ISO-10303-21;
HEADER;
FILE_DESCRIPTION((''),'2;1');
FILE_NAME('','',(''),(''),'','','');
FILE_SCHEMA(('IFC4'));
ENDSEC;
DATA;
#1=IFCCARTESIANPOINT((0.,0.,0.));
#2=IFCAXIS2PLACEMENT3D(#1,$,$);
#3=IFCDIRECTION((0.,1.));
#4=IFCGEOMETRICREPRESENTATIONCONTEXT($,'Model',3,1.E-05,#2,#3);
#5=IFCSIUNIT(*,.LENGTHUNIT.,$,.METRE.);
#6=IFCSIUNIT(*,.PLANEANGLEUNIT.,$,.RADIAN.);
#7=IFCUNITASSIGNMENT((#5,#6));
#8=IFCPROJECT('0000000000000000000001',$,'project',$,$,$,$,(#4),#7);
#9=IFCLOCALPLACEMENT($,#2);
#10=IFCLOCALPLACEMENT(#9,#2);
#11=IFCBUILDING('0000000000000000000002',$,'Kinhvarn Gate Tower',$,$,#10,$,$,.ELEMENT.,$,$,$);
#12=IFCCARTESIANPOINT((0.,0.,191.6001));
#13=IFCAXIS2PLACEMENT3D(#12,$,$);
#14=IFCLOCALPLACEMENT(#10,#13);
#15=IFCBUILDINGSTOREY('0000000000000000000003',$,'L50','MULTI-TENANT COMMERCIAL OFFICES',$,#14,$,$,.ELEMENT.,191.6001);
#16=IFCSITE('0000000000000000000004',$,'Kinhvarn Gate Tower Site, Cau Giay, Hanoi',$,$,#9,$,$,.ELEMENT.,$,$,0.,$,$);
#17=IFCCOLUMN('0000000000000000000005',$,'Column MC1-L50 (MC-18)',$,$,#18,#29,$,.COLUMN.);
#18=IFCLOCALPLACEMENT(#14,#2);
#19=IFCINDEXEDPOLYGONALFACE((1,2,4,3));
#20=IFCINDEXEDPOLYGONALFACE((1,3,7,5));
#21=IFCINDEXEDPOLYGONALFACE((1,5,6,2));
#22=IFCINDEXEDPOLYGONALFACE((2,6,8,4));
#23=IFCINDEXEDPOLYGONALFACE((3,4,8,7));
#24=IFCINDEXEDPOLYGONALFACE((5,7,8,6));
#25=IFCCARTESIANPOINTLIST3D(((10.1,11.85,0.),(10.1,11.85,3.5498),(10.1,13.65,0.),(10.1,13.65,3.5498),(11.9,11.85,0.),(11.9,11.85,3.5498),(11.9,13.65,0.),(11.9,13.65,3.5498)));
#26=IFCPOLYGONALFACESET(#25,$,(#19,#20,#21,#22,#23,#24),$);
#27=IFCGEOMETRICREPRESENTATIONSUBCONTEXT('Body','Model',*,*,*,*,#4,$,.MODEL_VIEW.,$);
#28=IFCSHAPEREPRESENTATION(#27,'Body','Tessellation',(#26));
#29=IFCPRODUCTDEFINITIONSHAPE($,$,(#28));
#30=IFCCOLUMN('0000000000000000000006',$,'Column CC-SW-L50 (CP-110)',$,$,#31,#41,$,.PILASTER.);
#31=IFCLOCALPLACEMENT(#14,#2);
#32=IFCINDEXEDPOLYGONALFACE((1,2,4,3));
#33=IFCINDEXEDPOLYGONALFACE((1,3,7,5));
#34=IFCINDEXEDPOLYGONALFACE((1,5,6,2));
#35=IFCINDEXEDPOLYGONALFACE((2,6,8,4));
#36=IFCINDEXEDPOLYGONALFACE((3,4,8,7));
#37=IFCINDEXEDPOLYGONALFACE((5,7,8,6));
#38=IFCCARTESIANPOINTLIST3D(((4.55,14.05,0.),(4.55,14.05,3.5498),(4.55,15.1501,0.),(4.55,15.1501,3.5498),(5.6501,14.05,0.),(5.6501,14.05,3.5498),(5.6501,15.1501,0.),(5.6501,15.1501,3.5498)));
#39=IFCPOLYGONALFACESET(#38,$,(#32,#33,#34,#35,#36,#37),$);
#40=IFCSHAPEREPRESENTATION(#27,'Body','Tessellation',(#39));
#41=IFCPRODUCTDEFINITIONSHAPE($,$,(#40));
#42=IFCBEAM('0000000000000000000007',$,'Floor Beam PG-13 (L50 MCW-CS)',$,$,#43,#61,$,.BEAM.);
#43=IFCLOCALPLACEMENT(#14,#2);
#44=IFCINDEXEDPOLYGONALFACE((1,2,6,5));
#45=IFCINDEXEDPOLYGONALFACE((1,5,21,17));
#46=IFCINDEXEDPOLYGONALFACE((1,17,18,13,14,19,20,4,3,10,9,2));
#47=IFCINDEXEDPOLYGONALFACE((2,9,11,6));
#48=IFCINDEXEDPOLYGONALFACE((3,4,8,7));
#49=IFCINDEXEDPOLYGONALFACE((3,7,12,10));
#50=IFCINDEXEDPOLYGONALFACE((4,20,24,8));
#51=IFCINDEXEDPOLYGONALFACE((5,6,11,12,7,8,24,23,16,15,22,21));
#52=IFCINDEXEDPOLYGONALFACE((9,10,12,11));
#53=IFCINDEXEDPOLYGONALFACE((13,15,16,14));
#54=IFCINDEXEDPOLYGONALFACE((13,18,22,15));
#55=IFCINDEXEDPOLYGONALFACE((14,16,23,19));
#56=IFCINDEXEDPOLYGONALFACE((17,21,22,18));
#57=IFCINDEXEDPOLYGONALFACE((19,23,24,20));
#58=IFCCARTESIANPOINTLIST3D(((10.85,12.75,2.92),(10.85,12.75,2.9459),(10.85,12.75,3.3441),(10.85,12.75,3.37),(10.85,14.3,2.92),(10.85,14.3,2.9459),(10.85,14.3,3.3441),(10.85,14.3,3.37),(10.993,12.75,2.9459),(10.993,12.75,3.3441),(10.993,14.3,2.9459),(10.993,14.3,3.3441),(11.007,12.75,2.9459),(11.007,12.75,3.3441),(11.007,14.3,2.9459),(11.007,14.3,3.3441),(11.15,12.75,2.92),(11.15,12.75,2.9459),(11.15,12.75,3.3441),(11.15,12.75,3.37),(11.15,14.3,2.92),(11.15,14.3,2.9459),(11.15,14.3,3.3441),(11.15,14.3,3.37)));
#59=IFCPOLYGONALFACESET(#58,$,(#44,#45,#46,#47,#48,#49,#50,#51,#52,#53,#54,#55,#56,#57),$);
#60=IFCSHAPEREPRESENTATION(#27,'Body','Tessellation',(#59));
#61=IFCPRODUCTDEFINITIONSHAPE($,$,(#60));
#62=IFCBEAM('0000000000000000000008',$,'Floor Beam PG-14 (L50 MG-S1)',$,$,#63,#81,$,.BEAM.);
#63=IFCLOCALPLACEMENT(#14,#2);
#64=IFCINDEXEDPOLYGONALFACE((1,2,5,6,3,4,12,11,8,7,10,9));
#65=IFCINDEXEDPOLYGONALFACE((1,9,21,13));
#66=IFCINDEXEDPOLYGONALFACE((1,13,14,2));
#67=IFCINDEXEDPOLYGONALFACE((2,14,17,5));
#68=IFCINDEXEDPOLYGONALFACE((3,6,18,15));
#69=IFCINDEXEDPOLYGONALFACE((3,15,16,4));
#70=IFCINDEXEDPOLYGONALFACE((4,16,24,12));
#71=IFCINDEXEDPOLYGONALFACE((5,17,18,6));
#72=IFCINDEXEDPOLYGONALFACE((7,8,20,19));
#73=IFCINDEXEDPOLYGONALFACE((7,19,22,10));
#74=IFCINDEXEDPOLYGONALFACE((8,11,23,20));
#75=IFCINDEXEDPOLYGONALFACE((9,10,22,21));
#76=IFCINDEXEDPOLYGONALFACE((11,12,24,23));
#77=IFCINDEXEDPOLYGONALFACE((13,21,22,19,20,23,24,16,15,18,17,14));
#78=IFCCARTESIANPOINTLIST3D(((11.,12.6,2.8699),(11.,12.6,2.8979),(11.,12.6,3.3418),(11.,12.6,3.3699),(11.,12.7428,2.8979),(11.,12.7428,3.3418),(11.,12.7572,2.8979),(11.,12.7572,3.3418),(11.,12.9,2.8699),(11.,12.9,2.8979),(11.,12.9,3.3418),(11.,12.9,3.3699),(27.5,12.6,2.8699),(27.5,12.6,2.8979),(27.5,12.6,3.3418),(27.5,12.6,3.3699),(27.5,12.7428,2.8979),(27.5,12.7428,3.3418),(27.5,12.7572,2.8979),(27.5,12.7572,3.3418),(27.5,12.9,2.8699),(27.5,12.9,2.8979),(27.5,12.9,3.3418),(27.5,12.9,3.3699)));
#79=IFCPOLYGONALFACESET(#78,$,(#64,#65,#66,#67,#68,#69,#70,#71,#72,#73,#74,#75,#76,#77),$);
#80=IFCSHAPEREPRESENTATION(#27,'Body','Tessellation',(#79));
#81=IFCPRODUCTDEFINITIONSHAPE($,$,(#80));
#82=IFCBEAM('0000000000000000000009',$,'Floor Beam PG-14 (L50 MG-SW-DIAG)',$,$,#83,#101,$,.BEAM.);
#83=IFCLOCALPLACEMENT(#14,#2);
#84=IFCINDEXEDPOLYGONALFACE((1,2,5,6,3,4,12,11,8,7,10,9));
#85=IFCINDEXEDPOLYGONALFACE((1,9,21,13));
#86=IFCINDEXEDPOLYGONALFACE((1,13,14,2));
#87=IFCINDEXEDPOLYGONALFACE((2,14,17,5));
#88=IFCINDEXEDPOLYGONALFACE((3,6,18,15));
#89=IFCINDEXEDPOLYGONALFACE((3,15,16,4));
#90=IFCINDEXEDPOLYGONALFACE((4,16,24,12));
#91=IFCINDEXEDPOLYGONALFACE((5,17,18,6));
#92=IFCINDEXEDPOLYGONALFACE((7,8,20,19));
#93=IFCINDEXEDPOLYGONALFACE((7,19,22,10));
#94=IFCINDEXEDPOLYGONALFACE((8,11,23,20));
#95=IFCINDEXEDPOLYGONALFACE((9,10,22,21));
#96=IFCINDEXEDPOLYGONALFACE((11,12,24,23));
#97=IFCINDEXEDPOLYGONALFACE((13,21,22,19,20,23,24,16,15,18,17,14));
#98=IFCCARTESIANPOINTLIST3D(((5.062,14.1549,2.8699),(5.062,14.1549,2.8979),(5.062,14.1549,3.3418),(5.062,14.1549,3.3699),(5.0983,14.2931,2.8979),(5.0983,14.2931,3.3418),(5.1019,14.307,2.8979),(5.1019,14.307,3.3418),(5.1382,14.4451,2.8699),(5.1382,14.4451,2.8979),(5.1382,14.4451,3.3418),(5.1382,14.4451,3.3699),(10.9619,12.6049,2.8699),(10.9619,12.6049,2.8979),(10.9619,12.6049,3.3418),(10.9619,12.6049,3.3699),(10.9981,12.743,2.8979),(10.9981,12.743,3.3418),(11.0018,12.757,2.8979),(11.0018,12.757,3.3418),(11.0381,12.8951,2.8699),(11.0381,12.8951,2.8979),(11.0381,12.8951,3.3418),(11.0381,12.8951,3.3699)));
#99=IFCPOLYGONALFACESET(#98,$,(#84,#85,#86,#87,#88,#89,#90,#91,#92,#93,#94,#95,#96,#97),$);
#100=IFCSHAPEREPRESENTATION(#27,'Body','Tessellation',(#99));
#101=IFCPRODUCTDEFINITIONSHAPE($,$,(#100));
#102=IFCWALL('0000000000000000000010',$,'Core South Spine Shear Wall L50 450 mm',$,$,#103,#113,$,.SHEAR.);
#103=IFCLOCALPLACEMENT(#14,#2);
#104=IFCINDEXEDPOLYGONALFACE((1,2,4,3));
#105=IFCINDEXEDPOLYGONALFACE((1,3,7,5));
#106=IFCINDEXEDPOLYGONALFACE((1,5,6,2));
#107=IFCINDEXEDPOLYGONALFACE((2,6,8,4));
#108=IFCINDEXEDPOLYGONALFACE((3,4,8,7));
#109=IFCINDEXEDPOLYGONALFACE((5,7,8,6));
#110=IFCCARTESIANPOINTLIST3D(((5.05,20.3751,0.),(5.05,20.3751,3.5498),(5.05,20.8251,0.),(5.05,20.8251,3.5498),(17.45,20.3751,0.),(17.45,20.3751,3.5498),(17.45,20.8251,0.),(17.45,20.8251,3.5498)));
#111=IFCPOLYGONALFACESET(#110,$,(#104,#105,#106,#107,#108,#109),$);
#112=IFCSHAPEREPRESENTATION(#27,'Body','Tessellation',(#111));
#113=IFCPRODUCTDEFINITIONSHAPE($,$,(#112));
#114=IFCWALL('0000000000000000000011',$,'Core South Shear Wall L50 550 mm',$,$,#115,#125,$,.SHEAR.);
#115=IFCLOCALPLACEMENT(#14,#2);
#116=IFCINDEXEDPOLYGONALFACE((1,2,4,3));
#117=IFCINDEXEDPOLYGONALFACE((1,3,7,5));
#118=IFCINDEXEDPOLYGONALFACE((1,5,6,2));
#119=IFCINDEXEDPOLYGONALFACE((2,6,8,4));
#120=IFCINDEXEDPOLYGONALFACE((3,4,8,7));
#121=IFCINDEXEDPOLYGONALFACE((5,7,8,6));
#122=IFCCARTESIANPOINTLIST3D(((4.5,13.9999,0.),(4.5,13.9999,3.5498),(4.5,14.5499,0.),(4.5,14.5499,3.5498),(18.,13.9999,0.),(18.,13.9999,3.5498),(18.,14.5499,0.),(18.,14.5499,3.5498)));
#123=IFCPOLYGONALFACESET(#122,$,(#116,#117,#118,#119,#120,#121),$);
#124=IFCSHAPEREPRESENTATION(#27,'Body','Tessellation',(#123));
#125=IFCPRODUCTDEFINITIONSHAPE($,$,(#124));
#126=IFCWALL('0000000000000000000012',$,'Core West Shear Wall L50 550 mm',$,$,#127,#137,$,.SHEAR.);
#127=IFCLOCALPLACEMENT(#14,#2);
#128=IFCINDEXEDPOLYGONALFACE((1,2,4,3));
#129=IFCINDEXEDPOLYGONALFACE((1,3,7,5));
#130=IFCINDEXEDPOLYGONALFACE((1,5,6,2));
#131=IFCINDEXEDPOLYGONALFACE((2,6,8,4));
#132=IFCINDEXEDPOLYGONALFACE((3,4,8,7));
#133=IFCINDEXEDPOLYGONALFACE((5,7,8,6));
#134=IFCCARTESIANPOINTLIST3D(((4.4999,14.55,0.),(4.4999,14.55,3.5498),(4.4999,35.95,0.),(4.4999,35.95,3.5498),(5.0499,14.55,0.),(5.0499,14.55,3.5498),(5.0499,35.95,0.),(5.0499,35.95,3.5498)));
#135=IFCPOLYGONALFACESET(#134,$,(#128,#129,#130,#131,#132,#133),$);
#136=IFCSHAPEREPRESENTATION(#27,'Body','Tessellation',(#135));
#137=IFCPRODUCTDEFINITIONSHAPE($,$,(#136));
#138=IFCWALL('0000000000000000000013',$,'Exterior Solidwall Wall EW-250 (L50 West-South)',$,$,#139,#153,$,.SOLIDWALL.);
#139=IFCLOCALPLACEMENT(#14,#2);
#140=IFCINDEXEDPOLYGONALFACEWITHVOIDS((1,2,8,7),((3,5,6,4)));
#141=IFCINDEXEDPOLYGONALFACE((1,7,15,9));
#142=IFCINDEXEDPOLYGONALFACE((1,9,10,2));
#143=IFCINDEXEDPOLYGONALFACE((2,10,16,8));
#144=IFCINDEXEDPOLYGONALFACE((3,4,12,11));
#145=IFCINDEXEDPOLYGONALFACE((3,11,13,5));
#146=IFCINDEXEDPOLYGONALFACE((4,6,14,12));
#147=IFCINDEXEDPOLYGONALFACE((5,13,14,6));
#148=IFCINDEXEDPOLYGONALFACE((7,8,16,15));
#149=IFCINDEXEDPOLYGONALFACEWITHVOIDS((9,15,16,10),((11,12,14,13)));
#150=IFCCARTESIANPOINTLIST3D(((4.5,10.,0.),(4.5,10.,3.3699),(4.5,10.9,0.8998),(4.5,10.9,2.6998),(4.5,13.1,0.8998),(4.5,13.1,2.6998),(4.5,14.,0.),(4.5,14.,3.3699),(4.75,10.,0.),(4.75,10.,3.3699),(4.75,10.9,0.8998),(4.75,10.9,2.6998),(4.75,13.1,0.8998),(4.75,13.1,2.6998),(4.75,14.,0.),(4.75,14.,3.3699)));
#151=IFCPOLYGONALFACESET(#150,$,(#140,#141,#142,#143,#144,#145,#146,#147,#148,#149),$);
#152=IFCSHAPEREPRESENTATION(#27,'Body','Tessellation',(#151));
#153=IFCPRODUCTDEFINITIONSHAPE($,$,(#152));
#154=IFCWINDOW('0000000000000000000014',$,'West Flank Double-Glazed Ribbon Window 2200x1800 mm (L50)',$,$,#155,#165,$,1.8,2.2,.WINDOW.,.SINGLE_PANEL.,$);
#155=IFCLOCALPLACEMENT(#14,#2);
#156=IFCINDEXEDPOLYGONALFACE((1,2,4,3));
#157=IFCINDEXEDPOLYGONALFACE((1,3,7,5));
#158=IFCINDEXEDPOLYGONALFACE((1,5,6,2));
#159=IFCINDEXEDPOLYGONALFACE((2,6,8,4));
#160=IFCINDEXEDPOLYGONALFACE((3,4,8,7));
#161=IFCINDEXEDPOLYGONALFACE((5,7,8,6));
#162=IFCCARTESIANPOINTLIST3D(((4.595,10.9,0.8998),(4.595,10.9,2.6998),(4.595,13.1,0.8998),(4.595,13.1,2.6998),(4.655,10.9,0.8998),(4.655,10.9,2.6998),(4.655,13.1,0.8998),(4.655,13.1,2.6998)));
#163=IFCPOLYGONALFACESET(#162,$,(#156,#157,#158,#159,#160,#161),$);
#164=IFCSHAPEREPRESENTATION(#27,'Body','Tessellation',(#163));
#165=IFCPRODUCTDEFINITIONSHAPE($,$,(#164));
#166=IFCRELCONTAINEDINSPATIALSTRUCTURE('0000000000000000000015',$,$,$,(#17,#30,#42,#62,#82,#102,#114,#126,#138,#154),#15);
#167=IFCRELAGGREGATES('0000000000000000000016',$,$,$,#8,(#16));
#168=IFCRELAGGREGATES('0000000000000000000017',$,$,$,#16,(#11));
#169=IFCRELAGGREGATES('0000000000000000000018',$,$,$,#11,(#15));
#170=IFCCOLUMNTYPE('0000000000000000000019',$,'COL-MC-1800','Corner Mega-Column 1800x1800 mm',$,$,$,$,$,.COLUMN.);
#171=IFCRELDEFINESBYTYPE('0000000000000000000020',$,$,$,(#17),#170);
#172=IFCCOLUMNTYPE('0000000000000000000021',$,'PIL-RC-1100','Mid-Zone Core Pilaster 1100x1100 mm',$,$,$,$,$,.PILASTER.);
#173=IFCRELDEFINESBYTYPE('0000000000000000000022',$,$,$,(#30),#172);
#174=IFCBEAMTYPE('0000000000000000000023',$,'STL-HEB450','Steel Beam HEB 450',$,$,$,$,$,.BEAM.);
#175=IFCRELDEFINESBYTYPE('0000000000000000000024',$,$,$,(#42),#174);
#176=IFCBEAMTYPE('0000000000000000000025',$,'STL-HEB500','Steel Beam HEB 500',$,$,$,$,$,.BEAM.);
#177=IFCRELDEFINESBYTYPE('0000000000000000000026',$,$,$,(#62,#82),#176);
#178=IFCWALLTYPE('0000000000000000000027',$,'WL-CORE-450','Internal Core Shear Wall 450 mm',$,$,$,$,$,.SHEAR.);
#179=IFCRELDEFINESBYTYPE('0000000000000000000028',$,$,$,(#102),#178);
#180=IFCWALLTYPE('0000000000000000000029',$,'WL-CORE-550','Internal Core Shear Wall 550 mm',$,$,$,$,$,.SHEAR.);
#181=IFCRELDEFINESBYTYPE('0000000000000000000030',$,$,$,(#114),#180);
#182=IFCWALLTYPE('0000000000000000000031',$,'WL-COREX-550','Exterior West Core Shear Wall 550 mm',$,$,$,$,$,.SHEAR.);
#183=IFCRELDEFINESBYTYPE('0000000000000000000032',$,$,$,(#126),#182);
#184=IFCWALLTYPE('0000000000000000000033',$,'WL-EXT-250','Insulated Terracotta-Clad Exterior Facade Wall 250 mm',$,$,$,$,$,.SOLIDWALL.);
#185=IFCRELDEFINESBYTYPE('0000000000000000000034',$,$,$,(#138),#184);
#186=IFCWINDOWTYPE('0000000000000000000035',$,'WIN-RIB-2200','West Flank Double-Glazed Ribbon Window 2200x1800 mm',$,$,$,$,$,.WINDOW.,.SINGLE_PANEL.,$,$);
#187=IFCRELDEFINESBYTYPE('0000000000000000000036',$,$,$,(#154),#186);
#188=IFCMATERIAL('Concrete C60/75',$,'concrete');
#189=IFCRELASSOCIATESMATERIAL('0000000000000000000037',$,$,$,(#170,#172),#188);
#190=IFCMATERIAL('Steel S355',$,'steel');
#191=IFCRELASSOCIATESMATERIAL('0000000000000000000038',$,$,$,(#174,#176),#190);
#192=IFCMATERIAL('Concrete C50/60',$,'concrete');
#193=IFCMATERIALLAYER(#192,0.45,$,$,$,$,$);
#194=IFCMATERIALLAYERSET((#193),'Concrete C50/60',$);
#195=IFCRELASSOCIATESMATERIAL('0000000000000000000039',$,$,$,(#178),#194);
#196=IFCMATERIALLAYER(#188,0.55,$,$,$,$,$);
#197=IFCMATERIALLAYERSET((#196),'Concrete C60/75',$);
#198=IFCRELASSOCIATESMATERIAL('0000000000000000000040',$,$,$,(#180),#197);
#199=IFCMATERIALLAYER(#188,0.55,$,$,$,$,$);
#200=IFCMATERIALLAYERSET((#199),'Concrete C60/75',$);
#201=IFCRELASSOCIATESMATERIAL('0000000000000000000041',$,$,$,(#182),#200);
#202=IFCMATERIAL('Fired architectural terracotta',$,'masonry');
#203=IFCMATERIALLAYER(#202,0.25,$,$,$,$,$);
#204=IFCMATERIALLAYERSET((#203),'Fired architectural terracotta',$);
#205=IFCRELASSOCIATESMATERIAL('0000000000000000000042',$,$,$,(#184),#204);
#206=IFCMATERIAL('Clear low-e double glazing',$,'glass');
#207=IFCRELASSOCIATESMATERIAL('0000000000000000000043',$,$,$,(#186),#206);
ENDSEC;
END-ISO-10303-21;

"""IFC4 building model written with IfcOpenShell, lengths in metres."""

from ifc_helpers import new_model, si_unit, direction, frame, frame_2d, origin, origin_2d, place, context, subcontext, project, spatial, rectangle, i_section, extrude, material, layer, layer_set, material_profile, profile_set, type_object, element, fill, save


model = new_model("IFC4")

# Units and contexts
model_context = context("Model", 3, precision=1e-05, world=origin(), true_north=direction((0.0, 1.0)))
body_context = subcontext(model_context, "Body", "Model", "MODEL_VIEW")
ifc_project = project(units=[si_unit("LENGTHUNIT", "METRE"), si_unit("PLANEANGLEUNIT", "RADIAN")], contexts=[model_context])

# Site, building, storey
site_placement = place(None, origin())
site = spatial("IfcSite", under=ifc_project, at=site_placement, Name="Kinhvarn Gate Tower Site, Cau Giay, Hanoi", CompositionType="ELEMENT", RefElevation=0.0)
building_placement = place(site_placement, origin())
building = spatial("IfcBuilding", under=site, at=building_placement, Name="Kinhvarn Gate Tower", CompositionType="ELEMENT")
storey_placement = place(building_placement, frame((0.0, 0.0, 191.6001)))
storey = spatial("IfcBuildingStorey", under=building, at=storey_placement, Name="L50", Description="MULTI-TENANT COMMERCIAL OFFICES", CompositionType="ELEMENT", Elevation=191.6001)

# Columns
ifc_material_1 = material(Name="Concrete C60/75", Category="concrete")
ifc_material_profile_1 = material_profile(ifc_material_1, rectangle(XDim=1.8, YDim=1.8, at=origin_2d()), Name="RC 1800x1800")
ifc_profile_set_1 = profile_set([ifc_material_profile_1], Name="Concrete C60/75")
column_type_1 = type_object("IfcColumnType", Name="COL-MC-1800", Description="Corner Mega-Column 1800x1800 mm", PredefinedType="COLUMN", material=ifc_profile_set_1)
column_1_placement = place(storey_placement, frame((11.0, 12.75, 0.0), z_axis=(0.0, 0.0, 1.0), x_axis=(1.0, 0.0, 0.0)))
element("IfcColumn", 1, at=column_1_placement, inside=storey, type_object=column_type_1, Name="Column MC1-L50 (MC-18)", PredefinedType="COLUMN", context=body_context, shape_type="SweptSolid", body=[
    extrude(rectangle(XDim=1.8, YDim=1.8, at=origin_2d()), origin(), (0.0, 0.0, 1.0), 3.5498),
])
ifc_material_profile_2 = material_profile(ifc_material_1, rectangle(XDim=1.1001, YDim=1.1001, at=origin_2d()), Name="RC 1100x1100")
ifc_profile_set_2 = profile_set([ifc_material_profile_2], Name="Concrete C60/75")
column_type_2 = type_object("IfcColumnType", Name="PIL-RC-1100", Description="Mid-Zone Core Pilaster 1100x1100 mm", PredefinedType="PILASTER", material=ifc_profile_set_2)
column_2_placement = place(storey_placement, frame((5.1001, 14.6001, 0.0), z_axis=(0.0, 0.0, 1.0), x_axis=(1.0, 0.0, 0.0)))
element("IfcColumn", 2, at=column_2_placement, inside=storey, type_object=column_type_2, Name="Column CC-SW-L50 (CP-110)", PredefinedType="PILASTER", context=body_context, shape_type="SweptSolid", body=[
    extrude(rectangle(XDim=1.1001, YDim=1.1001, at=origin_2d()), origin(), (0.0, 0.0, 1.0), 3.5498),
])

# Beams
ifc_material_2 = material(Name="Steel S355", Category="steel")
ifc_material_profile_3 = material_profile(ifc_material_2, i_section(OverallWidth=0.3, OverallDepth=0.45, WebThickness=0.0139, FlangeThickness=0.0259, at=origin_2d()), Name="HEB 450")
ifc_profile_set_3 = profile_set([ifc_material_profile_3], Name="Steel S355")
beam_type_1 = type_object("IfcBeamType", Name="STL-HEB450", Description="Steel Beam HEB 450", PredefinedType="BEAM", material=ifc_profile_set_3)
beam_1_placement = place(storey_placement, frame((11.0, 12.75, 3.145), z_axis=(0.0, 1.0, 0.0), x_axis=(-1.0, 0.0, 0.0)))
element("IfcBeam", 3, at=beam_1_placement, inside=storey, type_object=beam_type_1, Name="Floor Beam PG-13 (L50 MCW-CS)", PredefinedType="BEAM", context=body_context, shape_type="SweptSolid", body=[
    extrude(i_section(OverallWidth=0.3, OverallDepth=0.45, WebThickness=0.0139, FlangeThickness=0.0259, at=origin_2d()), origin(), (0.0, 0.0, 1.0), 1.55),
])
ifc_material_profile_4 = material_profile(ifc_material_2, i_section(OverallWidth=0.3, OverallDepth=0.5, WebThickness=0.0144, FlangeThickness=0.0281, at=origin_2d()), Name="HEB 500")
ifc_profile_set_4 = profile_set([ifc_material_profile_4], Name="Steel S355")
beam_type_2 = type_object("IfcBeamType", Name="STL-HEB500", Description="Steel Beam HEB 500", PredefinedType="BEAM", material=ifc_profile_set_4)
beam_2_placement = place(storey_placement, frame((11.0, 12.75, 3.1199), z_axis=(1.0, 0.0, 0.0), x_axis=(0.0, 1.0, 0.0)))
element("IfcBeam", 4, at=beam_2_placement, inside=storey, type_object=beam_type_2, Name="Floor Beam PG-14 (L50 MG-S1)", PredefinedType="BEAM", context=body_context, shape_type="SweptSolid", body=[
    extrude(i_section(OverallWidth=0.3, OverallDepth=0.5, WebThickness=0.0144, FlangeThickness=0.0281, at=origin_2d()), origin(), (0.0, 0.0, 1.0), 16.5),
])
beam_3_placement = place(storey_placement, frame((5.1001, 14.3, 3.1199), z_axis=(0.967178, -0.254101, 0.0), x_axis=(0.254101, 0.967178, 0.0)))
element("IfcBeam", 5, at=beam_3_placement, inside=storey, type_object=beam_type_2, Name="Floor Beam PG-14 (L50 MG-SW-DIAG)", PredefinedType="BEAM", context=body_context, shape_type="SweptSolid", body=[
    extrude(i_section(OverallWidth=0.3, OverallDepth=0.5, WebThickness=0.0144, FlangeThickness=0.0281, at=origin_2d()), origin(), (0.0, 0.0, 1.0), 6.1001),
])

# Walls
ifc_material_3 = material(Name="Concrete C50/60", Category="concrete")
ifc_layer_1 = layer(ifc_material_3, 0.45)
ifc_layer_set_1 = layer_set([ifc_layer_1], Name="Concrete C50/60")
wall_type_1 = type_object("IfcWallType", Name="WL-CORE-450", Description="Internal Core Shear Wall 450 mm", PredefinedType="SHEAR", material=ifc_layer_set_1)
wall_1_placement = place(storey_placement, frame((5.05, 20.6001, 0.0), z_axis=(0.0, 0.0, 1.0), x_axis=(1.0, 0.0, 0.0)))
element("IfcWall", 6, at=wall_1_placement, inside=storey, type_object=wall_type_1, Name="Core South Spine Shear Wall L50 450 mm", PredefinedType="SHEAR", context=body_context, shape_type="SweptSolid", body=[
    extrude(rectangle(XDim=12.3999, YDim=0.45, at=frame_2d((6.2, 0.0))), origin(), (0.0, 0.0, 1.0), 3.5498),
])
ifc_layer_2 = layer(ifc_material_1, 0.55)
ifc_layer_set_2 = layer_set([ifc_layer_2], Name="Concrete C60/75")
wall_type_2 = type_object("IfcWallType", Name="WL-CORE-550", Description="Internal Core Shear Wall 550 mm", PredefinedType="SHEAR", material=ifc_layer_set_2)
wall_2_placement = place(storey_placement, frame((4.5, 14.2749, 0.0), z_axis=(0.0, 0.0, 1.0), x_axis=(1.0, 0.0, 0.0)))
element("IfcWall", 7, at=wall_2_placement, inside=storey, type_object=wall_type_2, Name="Core South Shear Wall L50 550 mm", PredefinedType="SHEAR", context=body_context, shape_type="SweptSolid", body=[
    extrude(rectangle(XDim=13.5, YDim=0.55, at=frame_2d((6.75, 0.0))), origin(), (0.0, 0.0, 1.0), 3.5498),
])
ifc_layer_3 = layer(ifc_material_1, 0.55)
ifc_layer_set_3 = layer_set([ifc_layer_3], Name="Concrete C60/75")
wall_type_3 = type_object("IfcWallType", Name="WL-COREX-550", Description="Exterior West Core Shear Wall 550 mm", PredefinedType="SHEAR", material=ifc_layer_set_3)
wall_3_placement = place(storey_placement, frame((4.7749, 14.55, 0.0), z_axis=(0.0, 0.0, 1.0), x_axis=(0.0, 1.0, 0.0)))
element("IfcWall", 8, at=wall_3_placement, inside=storey, type_object=wall_type_3, Name="Core West Shear Wall L50 550 mm", PredefinedType="SHEAR", context=body_context, shape_type="SweptSolid", body=[
    extrude(rectangle(XDim=21.3999, YDim=0.55, at=frame_2d((10.7, 0.0))), origin(), (0.0, 0.0, 1.0), 3.5498),
])

# Wall, opening, window
ifc_material_4 = material(Name="Fired architectural terracotta", Category="masonry")
ifc_layer_4 = layer(ifc_material_4, 0.25)
ifc_layer_set_4 = layer_set([ifc_layer_4], Name="Fired architectural terracotta")
wall_type_4 = type_object("IfcWallType", Name="WL-EXT-250", Description="Insulated Terracotta-Clad Exterior Facade Wall 250 mm", PredefinedType="SOLIDWALL", material=ifc_layer_set_4)
wall_4_placement = place(storey_placement, frame((4.625, 14.0, 0.0), z_axis=(0.0, 0.0, 1.0), x_axis=(0.0, -1.0, 0.0)))
wall_4 = element("IfcWall", 9, at=wall_4_placement, inside=storey, type_object=wall_type_4, Name="Exterior Solidwall Wall EW-250 (L50 West-South)", PredefinedType="SOLIDWALL", context=body_context, shape_type="SweptSolid", body=[
    extrude(rectangle(XDim=4.0, YDim=0.25, at=frame_2d((2.0, 0.0))), origin(), (0.0, 0.0, 1.0), 3.3699),
])
opening_placement = place(wall_4_placement, frame((0.8999, 0.0, 0.8999)))
opening = element("IfcOpeningElement", 10, at=opening_placement, cuts=wall_4, PredefinedType="OPENING", context=body_context, shape_type="SweptSolid", body=[
    extrude(rectangle(XDim=2.2, YDim=1.8, at=frame_2d((1.1001, 0.8999))), frame((0.0, 0.135, 0.0), z_axis=(0.0, -1.0, 0.0), x_axis=(1.0, 0.0, 0.0)), (0.0, 0.0, 1.0), 0.27),
])
ifc_material_5 = material(Name="Clear low-e double glazing", Category="glass")
window_type = type_object("IfcWindowType", Name="WIN-RIB-2200", Description="West Flank Double-Glazed Ribbon Window 2200x1800 mm", PartitioningType="SINGLE_PANEL", PredefinedType="WINDOW", material=ifc_material_5)
window_placement = place(opening_placement, origin())
window = element("IfcWindow", 11, at=window_placement, inside=storey, type_object=window_type, Name="West Flank Double-Glazed Ribbon Window 2200x1800 mm (L50)", OverallHeight=1.8, OverallWidth=2.2, PartitioningType="SINGLE_PANEL", PredefinedType="WINDOW", context=body_context, shape_type="SweptSolid", body=[
    extrude(rectangle(XDim=2.2, YDim=1.8, at=frame_2d((1.1001, 0.8999))), frame((0.0, 0.03, 0.0), z_axis=(0.0, -1.0, 0.0), x_axis=(1.0, 0.0, 0.0)), (0.0, 0.0, 1.0), 0.0601),
])
fill(opening, window)

save(model, "model.ifc")
